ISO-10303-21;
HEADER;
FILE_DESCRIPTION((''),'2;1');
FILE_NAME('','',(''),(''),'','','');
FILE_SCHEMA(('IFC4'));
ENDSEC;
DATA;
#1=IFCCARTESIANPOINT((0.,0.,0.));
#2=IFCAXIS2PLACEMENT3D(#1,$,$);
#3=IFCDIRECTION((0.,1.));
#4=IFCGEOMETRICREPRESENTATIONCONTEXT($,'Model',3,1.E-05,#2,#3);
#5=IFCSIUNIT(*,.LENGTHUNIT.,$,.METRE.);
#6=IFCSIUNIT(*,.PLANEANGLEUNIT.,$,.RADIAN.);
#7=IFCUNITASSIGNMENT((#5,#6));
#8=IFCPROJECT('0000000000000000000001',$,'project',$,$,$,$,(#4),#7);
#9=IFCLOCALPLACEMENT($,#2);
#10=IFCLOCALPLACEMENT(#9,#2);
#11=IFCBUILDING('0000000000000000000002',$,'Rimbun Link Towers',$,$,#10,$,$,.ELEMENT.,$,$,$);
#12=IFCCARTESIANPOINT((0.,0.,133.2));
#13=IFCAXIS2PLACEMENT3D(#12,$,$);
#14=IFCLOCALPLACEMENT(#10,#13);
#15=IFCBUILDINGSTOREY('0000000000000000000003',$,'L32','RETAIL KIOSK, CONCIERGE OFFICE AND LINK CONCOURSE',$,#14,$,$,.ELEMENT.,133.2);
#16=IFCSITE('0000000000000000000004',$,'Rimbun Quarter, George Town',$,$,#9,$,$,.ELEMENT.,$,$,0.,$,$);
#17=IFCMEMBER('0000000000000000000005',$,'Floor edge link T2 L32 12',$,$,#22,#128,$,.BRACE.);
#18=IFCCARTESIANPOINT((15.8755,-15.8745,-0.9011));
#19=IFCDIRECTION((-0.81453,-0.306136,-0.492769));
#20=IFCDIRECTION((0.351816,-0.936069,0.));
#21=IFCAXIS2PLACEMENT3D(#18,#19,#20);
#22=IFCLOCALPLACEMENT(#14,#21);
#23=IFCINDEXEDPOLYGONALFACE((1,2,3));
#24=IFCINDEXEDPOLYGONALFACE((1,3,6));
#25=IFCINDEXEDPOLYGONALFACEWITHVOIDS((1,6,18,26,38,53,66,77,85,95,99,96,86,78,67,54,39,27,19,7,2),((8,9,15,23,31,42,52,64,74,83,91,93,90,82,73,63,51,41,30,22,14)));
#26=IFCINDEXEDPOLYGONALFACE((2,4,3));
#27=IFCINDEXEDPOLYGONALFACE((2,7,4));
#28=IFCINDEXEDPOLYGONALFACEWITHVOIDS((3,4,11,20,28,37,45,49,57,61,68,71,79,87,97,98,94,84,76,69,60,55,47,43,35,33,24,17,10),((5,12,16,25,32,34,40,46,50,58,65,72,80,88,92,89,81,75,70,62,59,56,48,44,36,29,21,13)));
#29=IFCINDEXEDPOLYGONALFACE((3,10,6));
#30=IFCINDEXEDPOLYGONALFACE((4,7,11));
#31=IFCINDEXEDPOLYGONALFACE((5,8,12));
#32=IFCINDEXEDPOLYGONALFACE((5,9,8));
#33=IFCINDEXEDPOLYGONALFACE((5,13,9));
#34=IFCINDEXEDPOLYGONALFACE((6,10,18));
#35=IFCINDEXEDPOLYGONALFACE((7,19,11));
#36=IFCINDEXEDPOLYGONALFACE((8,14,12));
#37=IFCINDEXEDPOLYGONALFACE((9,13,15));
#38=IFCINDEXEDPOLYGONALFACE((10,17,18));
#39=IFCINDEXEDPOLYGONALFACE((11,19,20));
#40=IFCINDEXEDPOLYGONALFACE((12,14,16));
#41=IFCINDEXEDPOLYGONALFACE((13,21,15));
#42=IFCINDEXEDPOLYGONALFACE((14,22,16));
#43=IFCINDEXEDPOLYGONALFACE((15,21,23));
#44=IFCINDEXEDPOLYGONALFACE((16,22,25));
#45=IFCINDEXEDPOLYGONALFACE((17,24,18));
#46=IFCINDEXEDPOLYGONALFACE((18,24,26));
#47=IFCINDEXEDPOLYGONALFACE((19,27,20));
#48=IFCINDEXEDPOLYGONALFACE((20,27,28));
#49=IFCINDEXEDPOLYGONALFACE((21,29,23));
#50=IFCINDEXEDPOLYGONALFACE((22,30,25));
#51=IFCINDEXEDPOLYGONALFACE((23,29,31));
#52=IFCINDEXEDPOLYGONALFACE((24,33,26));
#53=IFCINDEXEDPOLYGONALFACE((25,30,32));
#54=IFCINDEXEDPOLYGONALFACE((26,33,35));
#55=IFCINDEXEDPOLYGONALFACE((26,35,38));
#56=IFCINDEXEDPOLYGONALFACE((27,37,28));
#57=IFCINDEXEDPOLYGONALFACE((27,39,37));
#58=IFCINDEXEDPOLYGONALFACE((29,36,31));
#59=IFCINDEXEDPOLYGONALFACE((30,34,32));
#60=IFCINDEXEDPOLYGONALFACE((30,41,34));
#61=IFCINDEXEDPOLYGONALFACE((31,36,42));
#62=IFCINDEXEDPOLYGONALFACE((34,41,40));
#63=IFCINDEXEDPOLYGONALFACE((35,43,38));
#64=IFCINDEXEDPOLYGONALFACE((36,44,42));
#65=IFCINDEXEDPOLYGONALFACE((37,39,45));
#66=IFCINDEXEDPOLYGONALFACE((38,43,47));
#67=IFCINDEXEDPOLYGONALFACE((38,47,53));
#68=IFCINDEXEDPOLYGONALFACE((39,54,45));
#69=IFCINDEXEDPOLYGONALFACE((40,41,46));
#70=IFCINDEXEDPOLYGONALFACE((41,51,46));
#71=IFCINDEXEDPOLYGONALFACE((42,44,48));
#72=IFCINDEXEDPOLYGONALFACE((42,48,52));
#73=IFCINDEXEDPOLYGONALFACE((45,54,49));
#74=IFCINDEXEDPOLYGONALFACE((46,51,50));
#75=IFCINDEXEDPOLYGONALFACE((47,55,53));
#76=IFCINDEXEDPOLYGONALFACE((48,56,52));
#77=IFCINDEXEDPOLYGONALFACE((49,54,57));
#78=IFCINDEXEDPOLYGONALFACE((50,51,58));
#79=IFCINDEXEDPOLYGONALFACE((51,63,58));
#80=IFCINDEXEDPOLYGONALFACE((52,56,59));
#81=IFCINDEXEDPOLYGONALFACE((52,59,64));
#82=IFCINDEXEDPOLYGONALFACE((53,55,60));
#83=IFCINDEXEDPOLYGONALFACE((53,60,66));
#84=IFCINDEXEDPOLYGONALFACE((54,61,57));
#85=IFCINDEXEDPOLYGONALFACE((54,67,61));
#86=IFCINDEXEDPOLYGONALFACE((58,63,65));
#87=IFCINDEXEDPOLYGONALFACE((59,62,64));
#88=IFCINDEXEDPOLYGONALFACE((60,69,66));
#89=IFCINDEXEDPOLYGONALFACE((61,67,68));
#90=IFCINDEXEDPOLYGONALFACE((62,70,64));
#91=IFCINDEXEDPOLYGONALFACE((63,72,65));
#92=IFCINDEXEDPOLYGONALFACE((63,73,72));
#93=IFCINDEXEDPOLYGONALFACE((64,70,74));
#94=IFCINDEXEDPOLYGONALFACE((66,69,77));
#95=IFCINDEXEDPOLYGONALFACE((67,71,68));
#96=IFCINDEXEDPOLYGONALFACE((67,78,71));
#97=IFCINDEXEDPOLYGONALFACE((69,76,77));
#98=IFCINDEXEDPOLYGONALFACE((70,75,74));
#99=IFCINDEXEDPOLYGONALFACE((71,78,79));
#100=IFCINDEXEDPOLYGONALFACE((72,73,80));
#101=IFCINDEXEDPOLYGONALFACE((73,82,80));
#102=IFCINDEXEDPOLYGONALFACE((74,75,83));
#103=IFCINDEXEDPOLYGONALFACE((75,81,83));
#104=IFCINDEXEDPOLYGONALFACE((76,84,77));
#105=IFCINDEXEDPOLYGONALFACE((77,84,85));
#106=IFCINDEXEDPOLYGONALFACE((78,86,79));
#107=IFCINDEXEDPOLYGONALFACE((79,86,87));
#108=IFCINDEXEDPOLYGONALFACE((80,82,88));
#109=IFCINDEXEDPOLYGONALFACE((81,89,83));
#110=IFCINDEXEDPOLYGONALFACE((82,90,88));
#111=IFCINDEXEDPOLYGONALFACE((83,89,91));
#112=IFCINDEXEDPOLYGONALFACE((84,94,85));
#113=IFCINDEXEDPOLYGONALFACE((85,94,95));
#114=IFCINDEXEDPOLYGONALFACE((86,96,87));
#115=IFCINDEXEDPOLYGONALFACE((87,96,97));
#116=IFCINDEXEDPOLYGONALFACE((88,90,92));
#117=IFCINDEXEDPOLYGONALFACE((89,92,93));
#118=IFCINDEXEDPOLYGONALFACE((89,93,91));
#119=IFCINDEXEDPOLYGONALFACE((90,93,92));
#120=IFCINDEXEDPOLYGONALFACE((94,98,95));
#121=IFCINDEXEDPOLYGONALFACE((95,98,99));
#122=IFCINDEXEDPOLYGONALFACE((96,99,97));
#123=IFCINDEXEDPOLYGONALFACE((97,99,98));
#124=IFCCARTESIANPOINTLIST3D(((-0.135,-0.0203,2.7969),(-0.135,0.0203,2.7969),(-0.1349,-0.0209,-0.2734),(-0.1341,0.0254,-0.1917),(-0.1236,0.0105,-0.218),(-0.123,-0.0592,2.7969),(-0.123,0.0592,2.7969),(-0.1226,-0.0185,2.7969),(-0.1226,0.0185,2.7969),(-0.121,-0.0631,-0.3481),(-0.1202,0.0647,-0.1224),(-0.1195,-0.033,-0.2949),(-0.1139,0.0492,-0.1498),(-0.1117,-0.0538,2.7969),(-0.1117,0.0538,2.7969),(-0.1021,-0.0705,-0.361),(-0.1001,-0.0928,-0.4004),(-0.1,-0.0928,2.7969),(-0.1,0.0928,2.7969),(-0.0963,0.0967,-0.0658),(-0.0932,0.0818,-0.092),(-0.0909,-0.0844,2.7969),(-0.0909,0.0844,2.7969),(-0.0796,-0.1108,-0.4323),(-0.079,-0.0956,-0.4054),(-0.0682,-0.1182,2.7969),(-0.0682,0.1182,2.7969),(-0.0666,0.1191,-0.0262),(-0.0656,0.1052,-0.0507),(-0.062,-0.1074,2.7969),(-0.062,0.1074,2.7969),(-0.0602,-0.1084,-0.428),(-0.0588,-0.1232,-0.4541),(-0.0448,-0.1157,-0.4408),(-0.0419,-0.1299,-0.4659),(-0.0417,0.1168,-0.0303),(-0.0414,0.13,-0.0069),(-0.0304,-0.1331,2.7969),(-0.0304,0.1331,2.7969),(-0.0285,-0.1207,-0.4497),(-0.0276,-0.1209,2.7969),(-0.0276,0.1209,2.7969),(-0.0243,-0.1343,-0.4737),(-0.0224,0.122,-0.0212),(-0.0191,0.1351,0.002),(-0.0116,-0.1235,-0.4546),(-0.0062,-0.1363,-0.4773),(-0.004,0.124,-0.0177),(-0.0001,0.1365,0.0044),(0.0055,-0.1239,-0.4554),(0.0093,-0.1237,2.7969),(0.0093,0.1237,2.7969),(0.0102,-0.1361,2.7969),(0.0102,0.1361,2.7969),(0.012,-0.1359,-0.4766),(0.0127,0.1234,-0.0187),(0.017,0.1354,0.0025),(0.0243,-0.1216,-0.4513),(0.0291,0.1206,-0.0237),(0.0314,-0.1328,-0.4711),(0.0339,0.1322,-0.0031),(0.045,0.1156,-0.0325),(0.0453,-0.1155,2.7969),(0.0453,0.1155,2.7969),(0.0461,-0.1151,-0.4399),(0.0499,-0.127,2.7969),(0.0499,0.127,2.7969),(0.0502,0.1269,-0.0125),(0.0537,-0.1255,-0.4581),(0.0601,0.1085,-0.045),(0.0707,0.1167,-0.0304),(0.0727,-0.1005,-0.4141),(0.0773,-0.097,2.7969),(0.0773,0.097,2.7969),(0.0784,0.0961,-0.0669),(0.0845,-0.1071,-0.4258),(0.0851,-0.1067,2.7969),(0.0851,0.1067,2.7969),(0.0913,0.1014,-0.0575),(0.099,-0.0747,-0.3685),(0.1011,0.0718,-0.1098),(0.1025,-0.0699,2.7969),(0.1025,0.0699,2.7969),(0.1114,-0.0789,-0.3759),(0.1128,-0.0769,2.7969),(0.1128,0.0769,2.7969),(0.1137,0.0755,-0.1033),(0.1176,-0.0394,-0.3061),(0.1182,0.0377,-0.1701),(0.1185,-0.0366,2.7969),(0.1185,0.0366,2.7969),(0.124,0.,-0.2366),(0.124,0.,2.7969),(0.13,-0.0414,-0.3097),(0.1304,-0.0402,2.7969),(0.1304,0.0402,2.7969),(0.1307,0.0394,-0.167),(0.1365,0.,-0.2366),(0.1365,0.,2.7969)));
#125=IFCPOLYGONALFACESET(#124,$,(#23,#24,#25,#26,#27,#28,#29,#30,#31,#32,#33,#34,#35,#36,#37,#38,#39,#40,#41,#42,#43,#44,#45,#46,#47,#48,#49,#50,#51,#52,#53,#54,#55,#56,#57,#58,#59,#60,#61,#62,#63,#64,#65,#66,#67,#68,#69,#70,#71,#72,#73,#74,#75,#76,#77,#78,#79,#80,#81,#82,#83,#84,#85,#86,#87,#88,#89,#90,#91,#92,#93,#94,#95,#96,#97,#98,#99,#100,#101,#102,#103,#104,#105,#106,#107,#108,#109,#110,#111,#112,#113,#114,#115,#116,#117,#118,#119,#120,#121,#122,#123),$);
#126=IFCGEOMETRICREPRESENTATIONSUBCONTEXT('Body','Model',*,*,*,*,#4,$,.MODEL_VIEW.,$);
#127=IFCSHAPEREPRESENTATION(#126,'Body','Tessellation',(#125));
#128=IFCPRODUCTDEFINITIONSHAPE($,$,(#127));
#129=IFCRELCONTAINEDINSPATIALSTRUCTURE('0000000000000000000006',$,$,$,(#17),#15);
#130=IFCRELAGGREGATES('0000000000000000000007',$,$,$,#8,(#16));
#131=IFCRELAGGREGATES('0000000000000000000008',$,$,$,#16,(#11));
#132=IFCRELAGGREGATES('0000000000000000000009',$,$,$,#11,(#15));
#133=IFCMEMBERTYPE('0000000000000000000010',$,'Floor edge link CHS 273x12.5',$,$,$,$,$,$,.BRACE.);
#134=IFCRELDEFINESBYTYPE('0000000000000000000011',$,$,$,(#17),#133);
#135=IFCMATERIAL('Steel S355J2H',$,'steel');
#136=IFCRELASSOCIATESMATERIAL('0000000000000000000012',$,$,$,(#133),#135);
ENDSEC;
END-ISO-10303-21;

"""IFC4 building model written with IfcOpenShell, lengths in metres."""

from ifc_helpers import new_model, si_unit, direction, frame, origin, origin_2d, place, context, subcontext, project, spatial, hollow_circle, extrude, clip, halfspace, material, material_profile, profile_set, type_object, element, save


model = new_model("IFC4")

# Units and contexts
model_context = context("Model", 3, precision=1e-05, world=origin(), true_north=direction((0.0, 1.0)))
body_context = subcontext(model_context, "Body", "Model", "MODEL_VIEW")
ifc_project = project(units=[si_unit("LENGTHUNIT", "METRE"), si_unit("PLANEANGLEUNIT", "RADIAN")], contexts=[model_context])

# Site, building, storey
site_placement = place(None, origin())
site = spatial("IfcSite", under=ifc_project, at=site_placement, Name="Rimbun Quarter, George Town", CompositionType="ELEMENT", RefElevation=0.0)
building_placement = place(site_placement, origin())
building = spatial("IfcBuilding", under=site, at=building_placement, Name="Rimbun Link Towers", CompositionType="ELEMENT")
storey_placement = place(building_placement, frame((0.0, 0.0, 133.2)))
storey = spatial("IfcBuildingStorey", under=building, at=storey_placement, Name="L32", Description="RETAIL KIOSK, CONCIERGE OFFICE AND LINK CONCOURSE", CompositionType="ELEMENT", Elevation=133.2)

# Member
ifc_material_1 = material(Name="Steel S355J2H", Category="steel")
ifc_material_profile_1 = material_profile(ifc_material_1, hollow_circle(Radius=0.1365, WallThickness=0.0125, at=origin_2d()), Name="CHS 273x12.5")
ifc_profile_set_1 = profile_set([ifc_material_profile_1], Name="Steel S355J2H")
member_type_1 = type_object("IfcMemberType", Name="Floor edge link CHS 273x12.5", PredefinedType="BRACE", material=ifc_profile_set_1)
member_1_placement = place(storey_placement, frame((15.8755, -15.8745, -0.9011), z_axis=(-0.81453, -0.306136, -0.492769), x_axis=(0.351816, -0.936069, 0.0)))
element("IfcMember", 1, at=member_1_placement, inside=storey, type_object=member_type_1, Name="Floor edge link T2 L32 12", PredefinedType="BRACE", context=body_context, shape_type="Clipping", body=[
    clip(extrude(hollow_circle(Radius=0.1365, WallThickness=0.0125, at=origin_2d()), frame((0.0, 0.0, -0.5024)), (0.0, 0.0, 1.0), 3.2993), halfspace(frame((0.0, 0.0, -0.2366), z_axis=(0.0, 0.87016, -0.492769)), False)),
])

save(model, "model.ifc")
